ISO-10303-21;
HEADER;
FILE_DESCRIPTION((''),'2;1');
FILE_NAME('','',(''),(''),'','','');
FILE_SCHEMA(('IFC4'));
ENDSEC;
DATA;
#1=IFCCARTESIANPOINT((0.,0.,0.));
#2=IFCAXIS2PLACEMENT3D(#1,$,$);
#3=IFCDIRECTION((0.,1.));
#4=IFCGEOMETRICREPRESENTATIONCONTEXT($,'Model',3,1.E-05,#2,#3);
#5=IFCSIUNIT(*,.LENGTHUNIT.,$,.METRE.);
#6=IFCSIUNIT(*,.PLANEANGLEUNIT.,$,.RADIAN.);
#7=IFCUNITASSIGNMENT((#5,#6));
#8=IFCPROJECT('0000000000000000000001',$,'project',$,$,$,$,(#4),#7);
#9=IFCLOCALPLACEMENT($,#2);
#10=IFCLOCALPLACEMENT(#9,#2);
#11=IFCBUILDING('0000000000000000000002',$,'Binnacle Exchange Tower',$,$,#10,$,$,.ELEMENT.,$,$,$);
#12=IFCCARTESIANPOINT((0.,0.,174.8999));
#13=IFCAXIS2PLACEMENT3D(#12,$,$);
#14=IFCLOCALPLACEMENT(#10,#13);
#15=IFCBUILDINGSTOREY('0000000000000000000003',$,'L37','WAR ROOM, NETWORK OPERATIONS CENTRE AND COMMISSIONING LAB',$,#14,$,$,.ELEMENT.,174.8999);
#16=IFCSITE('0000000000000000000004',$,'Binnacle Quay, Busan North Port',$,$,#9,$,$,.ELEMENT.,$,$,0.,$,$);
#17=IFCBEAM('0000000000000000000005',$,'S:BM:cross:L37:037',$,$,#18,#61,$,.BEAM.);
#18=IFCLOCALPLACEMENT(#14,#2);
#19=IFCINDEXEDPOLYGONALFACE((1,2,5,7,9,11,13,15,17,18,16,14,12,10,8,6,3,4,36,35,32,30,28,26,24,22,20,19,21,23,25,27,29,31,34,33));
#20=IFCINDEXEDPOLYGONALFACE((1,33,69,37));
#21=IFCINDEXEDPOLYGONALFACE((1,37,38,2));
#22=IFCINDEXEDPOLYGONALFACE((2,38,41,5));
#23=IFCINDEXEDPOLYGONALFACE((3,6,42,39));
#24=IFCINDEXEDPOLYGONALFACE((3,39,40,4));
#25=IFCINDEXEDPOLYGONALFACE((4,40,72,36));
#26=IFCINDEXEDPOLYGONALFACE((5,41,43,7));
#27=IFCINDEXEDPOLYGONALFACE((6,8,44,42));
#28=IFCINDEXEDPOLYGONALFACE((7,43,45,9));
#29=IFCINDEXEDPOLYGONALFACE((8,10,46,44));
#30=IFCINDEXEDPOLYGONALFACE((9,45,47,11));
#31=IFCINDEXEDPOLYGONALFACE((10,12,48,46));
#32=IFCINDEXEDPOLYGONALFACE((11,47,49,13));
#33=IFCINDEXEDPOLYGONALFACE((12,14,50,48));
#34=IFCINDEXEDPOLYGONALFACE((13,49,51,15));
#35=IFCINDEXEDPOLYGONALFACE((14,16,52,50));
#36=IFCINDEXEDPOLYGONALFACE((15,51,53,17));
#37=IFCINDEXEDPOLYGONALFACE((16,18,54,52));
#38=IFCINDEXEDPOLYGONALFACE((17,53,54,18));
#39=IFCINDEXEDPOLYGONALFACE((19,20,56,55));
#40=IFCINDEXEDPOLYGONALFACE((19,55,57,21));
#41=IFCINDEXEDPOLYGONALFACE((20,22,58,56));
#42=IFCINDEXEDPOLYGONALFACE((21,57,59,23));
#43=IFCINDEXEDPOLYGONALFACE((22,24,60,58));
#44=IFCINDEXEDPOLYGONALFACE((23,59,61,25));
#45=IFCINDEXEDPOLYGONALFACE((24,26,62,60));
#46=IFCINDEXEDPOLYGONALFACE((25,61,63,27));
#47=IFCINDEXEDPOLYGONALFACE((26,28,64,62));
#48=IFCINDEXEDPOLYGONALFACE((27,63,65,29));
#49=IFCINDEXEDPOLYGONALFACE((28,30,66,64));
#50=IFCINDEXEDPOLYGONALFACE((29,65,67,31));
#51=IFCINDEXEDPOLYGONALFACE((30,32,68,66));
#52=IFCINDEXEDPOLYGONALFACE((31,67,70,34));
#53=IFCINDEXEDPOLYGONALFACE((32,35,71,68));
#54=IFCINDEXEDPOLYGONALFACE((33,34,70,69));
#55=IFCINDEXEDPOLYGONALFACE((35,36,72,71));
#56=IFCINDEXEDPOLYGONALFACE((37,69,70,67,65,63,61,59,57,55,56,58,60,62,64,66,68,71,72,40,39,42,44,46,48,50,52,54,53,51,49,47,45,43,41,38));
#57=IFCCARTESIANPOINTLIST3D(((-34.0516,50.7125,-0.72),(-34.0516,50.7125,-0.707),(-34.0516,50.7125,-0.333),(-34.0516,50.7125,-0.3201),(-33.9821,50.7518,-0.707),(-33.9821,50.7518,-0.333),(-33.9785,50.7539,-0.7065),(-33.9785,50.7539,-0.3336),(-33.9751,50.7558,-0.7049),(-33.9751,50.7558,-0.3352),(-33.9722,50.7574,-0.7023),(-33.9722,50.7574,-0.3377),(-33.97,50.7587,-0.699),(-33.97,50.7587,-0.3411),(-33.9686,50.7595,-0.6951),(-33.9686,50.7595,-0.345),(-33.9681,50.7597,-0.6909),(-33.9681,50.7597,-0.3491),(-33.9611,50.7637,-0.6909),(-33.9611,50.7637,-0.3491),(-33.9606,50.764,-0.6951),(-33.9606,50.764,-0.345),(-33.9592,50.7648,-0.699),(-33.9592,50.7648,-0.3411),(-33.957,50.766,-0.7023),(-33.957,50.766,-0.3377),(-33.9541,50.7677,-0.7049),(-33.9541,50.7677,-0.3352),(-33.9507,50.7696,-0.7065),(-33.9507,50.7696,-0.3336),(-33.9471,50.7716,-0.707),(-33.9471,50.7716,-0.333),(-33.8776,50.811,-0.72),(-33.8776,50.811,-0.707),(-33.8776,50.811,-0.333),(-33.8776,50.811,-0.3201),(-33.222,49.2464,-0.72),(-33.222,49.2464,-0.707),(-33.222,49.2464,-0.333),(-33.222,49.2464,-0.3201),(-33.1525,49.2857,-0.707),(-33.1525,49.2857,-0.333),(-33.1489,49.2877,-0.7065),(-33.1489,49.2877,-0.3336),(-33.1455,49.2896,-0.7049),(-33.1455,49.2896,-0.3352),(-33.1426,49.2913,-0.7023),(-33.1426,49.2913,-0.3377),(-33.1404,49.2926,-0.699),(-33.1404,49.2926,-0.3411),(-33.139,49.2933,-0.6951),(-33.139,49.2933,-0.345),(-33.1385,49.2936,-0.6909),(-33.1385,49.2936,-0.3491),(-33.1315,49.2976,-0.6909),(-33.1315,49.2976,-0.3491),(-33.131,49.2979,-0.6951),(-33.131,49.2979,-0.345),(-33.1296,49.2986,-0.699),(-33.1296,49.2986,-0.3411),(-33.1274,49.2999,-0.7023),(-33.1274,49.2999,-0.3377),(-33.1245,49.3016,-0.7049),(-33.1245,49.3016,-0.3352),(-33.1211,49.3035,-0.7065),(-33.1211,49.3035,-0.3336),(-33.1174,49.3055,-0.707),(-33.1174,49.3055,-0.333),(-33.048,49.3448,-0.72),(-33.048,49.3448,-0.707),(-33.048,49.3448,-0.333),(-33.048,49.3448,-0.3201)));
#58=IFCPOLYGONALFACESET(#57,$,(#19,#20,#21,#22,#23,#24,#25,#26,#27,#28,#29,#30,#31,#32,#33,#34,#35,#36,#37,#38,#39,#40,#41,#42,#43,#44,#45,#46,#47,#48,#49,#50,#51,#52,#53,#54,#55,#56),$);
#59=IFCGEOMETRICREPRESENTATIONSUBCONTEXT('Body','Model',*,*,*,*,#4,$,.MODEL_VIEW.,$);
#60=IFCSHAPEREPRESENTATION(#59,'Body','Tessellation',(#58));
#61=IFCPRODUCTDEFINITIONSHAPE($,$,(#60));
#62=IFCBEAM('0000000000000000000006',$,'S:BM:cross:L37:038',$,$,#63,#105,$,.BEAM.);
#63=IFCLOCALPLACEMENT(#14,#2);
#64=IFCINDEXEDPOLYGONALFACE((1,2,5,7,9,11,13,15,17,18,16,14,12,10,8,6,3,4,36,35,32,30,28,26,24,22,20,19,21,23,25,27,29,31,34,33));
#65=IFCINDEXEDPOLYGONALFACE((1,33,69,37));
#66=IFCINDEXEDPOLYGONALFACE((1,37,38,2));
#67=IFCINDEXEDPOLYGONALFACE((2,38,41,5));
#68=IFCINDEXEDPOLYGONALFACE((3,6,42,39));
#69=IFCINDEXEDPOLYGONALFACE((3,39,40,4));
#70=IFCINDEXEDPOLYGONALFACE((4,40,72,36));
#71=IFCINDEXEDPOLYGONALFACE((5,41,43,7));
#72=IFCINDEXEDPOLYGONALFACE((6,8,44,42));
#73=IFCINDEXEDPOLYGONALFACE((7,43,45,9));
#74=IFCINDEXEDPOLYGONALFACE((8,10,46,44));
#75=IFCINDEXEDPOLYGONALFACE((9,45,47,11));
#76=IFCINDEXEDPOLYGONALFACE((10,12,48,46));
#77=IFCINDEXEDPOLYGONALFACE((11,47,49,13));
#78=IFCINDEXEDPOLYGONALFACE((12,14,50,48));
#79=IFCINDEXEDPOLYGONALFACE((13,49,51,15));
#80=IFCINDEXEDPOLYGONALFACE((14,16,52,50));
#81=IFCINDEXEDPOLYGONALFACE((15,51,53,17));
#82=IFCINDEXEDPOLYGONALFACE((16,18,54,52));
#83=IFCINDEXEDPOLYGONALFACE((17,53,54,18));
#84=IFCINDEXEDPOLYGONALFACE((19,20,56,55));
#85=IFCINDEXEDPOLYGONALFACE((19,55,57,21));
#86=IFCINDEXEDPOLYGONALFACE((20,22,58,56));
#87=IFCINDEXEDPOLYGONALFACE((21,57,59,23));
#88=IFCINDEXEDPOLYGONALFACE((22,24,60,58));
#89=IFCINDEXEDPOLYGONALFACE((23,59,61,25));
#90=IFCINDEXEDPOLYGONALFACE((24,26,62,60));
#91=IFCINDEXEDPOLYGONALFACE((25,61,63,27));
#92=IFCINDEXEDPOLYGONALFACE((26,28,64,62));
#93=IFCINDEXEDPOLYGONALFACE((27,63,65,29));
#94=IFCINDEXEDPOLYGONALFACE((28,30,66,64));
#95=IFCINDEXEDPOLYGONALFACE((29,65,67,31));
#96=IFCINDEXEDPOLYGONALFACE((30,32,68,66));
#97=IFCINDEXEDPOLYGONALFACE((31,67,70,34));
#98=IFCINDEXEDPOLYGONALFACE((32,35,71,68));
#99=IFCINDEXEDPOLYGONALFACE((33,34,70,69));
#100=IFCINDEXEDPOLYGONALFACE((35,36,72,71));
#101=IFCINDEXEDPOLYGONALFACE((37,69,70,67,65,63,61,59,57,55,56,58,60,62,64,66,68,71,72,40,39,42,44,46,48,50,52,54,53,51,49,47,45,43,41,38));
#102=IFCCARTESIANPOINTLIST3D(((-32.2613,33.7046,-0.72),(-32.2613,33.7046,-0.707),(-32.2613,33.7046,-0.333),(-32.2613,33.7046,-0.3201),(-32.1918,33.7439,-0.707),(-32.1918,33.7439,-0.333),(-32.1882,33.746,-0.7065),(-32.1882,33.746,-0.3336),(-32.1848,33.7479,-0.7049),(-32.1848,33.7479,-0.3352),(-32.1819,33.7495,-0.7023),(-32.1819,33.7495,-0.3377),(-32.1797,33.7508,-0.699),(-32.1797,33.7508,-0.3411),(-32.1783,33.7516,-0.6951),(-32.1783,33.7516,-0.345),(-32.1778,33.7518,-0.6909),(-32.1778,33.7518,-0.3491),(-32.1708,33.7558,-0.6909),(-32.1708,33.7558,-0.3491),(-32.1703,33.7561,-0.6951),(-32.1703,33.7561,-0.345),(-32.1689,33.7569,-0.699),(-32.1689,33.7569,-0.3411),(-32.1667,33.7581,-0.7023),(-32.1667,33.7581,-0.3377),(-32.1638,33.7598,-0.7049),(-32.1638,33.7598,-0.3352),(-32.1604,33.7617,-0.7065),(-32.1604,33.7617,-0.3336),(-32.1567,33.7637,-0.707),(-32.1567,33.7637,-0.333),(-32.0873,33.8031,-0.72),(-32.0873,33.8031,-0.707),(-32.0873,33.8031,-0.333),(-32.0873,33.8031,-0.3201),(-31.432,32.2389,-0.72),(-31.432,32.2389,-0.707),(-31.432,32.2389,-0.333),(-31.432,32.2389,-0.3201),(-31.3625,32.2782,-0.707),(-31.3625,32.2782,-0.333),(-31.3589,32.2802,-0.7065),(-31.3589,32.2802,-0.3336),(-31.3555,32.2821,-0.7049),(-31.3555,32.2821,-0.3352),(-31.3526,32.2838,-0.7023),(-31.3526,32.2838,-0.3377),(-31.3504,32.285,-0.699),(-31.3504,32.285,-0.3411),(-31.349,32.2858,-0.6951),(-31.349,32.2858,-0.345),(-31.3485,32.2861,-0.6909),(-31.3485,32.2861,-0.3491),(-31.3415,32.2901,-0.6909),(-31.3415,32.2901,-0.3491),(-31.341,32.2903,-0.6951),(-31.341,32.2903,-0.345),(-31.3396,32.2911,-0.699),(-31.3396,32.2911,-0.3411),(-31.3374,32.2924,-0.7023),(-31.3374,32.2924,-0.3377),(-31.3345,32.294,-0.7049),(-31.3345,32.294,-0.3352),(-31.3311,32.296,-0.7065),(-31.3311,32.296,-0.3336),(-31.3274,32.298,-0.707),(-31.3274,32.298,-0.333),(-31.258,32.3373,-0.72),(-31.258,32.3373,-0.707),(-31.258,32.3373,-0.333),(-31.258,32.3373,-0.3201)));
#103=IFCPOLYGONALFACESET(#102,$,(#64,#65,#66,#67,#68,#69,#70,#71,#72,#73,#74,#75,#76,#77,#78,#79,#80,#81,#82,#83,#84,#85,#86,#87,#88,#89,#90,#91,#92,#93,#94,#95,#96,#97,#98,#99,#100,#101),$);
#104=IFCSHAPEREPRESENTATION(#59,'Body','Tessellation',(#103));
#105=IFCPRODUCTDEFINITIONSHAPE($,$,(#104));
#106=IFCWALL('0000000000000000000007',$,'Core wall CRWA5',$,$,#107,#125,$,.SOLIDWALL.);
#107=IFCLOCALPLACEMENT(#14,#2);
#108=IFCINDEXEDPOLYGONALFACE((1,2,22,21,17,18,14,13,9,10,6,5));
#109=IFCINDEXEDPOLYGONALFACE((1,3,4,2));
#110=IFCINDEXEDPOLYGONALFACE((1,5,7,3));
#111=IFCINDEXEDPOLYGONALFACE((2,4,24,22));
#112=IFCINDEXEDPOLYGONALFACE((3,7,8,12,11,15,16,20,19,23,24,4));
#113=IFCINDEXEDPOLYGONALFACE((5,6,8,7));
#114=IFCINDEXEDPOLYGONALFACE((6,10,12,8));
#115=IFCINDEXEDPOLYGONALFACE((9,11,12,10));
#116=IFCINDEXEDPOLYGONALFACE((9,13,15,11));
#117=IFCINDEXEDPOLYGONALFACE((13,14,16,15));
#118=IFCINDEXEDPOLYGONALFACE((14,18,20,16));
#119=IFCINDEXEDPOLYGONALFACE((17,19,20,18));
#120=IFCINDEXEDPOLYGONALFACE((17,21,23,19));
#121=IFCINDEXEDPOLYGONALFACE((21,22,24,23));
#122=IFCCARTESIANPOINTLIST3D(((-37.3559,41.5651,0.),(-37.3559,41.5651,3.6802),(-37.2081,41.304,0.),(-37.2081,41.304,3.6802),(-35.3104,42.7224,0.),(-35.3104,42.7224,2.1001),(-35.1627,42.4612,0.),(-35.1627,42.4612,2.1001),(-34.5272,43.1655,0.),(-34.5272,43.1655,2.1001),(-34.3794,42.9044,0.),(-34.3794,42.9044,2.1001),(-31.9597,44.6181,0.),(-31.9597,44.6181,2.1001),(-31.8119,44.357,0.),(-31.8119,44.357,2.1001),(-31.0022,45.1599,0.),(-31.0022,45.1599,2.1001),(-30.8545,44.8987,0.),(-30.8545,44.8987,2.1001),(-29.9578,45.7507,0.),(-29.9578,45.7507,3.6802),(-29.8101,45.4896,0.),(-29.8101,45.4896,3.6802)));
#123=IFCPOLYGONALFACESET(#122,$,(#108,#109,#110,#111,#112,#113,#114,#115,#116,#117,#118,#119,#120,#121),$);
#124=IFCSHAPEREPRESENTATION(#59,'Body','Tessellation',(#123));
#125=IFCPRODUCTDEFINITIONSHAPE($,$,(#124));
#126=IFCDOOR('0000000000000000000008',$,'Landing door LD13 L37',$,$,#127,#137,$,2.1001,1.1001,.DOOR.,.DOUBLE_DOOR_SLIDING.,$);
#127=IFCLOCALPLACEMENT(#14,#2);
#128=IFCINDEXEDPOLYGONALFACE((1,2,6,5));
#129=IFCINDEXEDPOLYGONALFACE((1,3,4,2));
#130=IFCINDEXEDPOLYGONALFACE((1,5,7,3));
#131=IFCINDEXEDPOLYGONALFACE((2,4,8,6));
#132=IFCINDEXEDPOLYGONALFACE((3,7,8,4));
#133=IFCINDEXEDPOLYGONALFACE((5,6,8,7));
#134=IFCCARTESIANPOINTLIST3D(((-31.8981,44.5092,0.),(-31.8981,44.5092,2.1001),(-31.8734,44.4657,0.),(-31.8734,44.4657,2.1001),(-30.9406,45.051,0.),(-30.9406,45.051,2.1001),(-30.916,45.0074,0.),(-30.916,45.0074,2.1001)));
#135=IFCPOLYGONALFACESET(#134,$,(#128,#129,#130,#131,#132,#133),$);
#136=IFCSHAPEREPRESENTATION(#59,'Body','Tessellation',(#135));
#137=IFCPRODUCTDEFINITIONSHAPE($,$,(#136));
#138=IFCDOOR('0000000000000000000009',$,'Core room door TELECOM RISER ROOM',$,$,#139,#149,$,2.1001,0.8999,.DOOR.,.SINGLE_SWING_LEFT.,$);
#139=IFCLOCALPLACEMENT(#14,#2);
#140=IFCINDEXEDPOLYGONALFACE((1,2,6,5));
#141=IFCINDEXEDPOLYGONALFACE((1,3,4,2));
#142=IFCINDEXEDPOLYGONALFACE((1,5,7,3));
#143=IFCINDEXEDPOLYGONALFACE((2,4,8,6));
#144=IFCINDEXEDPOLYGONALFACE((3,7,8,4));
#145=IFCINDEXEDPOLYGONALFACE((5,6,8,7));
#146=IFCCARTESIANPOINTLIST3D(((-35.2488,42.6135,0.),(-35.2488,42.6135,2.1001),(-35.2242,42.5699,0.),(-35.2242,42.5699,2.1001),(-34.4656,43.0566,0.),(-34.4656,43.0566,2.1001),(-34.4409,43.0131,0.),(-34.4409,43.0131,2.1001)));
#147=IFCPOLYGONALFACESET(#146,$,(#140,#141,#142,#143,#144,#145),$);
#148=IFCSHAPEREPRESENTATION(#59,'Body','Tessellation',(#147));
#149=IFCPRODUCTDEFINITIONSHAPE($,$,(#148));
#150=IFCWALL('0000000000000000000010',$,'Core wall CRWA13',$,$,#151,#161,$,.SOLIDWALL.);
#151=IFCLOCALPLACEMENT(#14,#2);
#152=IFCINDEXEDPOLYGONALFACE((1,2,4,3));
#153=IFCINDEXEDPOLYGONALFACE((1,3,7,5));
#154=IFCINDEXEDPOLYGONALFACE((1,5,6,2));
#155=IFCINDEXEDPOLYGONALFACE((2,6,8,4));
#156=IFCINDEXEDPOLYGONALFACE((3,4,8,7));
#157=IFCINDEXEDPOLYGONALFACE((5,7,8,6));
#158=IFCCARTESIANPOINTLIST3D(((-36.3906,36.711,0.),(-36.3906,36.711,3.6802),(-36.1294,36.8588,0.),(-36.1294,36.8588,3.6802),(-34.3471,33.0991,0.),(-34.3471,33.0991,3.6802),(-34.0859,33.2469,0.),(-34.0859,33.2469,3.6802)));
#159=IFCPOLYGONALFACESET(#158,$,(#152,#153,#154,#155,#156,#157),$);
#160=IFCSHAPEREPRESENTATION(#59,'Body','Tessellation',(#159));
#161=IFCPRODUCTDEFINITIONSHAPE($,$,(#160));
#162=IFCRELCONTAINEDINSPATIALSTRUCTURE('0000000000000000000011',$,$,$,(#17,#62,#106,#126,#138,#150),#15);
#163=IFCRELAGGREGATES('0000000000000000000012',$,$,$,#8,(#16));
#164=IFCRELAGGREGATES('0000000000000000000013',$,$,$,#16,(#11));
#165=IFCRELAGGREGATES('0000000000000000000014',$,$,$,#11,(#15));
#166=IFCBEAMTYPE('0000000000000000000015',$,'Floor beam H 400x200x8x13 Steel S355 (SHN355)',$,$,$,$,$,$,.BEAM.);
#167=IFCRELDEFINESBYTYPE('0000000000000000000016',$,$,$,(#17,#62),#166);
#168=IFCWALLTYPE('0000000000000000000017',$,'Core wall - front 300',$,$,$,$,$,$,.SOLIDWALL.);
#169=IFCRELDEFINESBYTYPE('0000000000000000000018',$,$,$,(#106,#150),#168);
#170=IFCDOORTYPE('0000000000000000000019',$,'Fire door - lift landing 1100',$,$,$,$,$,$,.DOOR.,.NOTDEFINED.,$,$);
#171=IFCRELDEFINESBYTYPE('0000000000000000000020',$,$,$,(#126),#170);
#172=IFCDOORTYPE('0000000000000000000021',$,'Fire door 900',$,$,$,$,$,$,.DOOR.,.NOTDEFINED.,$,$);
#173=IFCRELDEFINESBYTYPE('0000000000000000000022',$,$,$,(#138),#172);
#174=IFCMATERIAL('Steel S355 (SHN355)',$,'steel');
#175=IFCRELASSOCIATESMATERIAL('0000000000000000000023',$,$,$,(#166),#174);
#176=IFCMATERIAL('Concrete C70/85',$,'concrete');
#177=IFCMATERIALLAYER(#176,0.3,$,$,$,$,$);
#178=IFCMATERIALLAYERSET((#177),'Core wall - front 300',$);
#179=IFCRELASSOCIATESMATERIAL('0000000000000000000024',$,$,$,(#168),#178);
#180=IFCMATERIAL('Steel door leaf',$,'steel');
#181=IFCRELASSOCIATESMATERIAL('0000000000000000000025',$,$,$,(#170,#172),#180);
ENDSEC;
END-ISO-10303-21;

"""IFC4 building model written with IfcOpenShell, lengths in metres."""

from ifc_helpers import new_model, si_unit, direction, frame, frame_2d, origin, origin_2d, place, context, subcontext, project, spatial, rectangle, i_section, extrude, material, layer, layer_set, material_profile, profile_set, type_object, element, fill, save


model = new_model("IFC4")

# Units and contexts
model_context = context("Model", 3, precision=1e-05, world=origin(), true_north=direction((0.0, 1.0)))
body_context = subcontext(model_context, "Body", "Model", "MODEL_VIEW")
ifc_project = project(units=[si_unit("LENGTHUNIT", "METRE"), si_unit("PLANEANGLEUNIT", "RADIAN")], contexts=[model_context])

# Site, building, storey
site_placement = place(None, origin())
site = spatial("IfcSite", under=ifc_project, at=site_placement, Name="Binnacle Quay, Busan North Port", CompositionType="ELEMENT", RefElevation=0.0)
building_placement = place(site_placement, origin())
building = spatial("IfcBuilding", under=site, at=building_placement, Name="Binnacle Exchange Tower", CompositionType="ELEMENT")
storey_placement = place(building_placement, frame((0.0, 0.0, 174.8999)))
storey = spatial("IfcBuildingStorey", under=building, at=storey_placement, Name="L37", Description="WAR ROOM, NETWORK OPERATIONS CENTRE AND COMMISSIONING LAB", CompositionType="ELEMENT", Elevation=174.8999)

# Shared definitions
ifc_material_1 = material(Name="Concrete C70/85", Category="concrete")

# Beams
ifc_material_2 = material(Name="Steel S355 (SHN355)", Category="steel")
ifc_material_profile_1 = material_profile(ifc_material_2, i_section(OverallWidth=0.2, OverallDepth=0.3999, WebThickness=0.0081, FlangeThickness=0.0129, FilletRadius=0.0161, at=origin_2d()), Name="H 400x200x8x13")
ifc_profile_set_1 = profile_set([ifc_material_profile_1], Name="Steel S355 (SHN355)")
beam_type_1 = type_object("IfcBeamType", Name="Floor beam H 400x200x8x13 Steel S355 (SHN355)", PredefinedType="BEAM", material=ifc_profile_set_1)
beam_1_placement = place(storey_placement, frame((-33.9646, 50.7617, -0.52), z_axis=(0.492482, -0.870322, 0.0), x_axis=(0.870322, 0.492482, 0.0)))
element("IfcBeam", 1, at=beam_1_placement, inside=storey, type_object=beam_type_1, Name="S:BM:cross:L37:037", PredefinedType="BEAM", context=body_context, shape_type="SweptSolid", body=[
    extrude(i_section(OverallWidth=0.2, OverallDepth=0.3999, WebThickness=0.0081, FlangeThickness=0.0129, FilletRadius=0.0161, at=origin_2d()), origin(), (0.0, 0.0, 1.0), 1.6846),
])
beam_2_placement = place(storey_placement, frame((-31.345, 32.2881, -0.52), z_axis=(-0.492435, 0.870349, 0.0), x_axis=(-0.870349, -0.492435, 0.0)))
element("IfcBeam", 2, at=beam_2_placement, inside=storey, type_object=beam_type_1, Name="S:BM:cross:L37:038", PredefinedType="BEAM", context=body_context, shape_type="SweptSolid", body=[
    extrude(i_section(OverallWidth=0.2, OverallDepth=0.3999, WebThickness=0.0081, FlangeThickness=0.0129, FilletRadius=0.0161, at=origin_2d()), origin(), (0.0, 0.0, 1.0), 1.6841),
])

# Wall, openings, doors
ifc_layer_1 = layer(ifc_material_1, 0.3)
ifc_layer_set_1 = layer_set([ifc_layer_1], Name="Core wall - front 300")
wall_type_1 = type_object("IfcWallType", Name="Core wall - front 300", PredefinedType="SOLIDWALL", material=ifc_layer_set_1)
wall_1_placement = place(storey_placement, frame((-37.282, 41.4346, 0.0), z_axis=(0.0, 0.0, 1.0), x_axis=(0.870356, 0.492423, 0.0)))
wall_1 = element("IfcWall", 3, at=wall_1_placement, inside=storey, type_object=wall_type_1, Name="Core wall CRWA5", PredefinedType="SOLIDWALL", context=body_context, shape_type="SweptSolid", body=[
    extrude(rectangle(XDim=8.5, YDim=0.3, at=frame_2d((4.25, 0.0))), origin(), (0.0, 0.0, 1.0), 3.6802),
])
opening_1_placement = place(wall_1_placement, frame((6.2, 0.0, 0.0)))
opening_1 = element("IfcOpeningElement", 4, at=opening_1_placement, cuts=wall_1, PredefinedType="OPENING", context=body_context, shape_type="SweptSolid", body=[
    extrude(rectangle(XDim=1.1001, YDim=2.1001, at=frame_2d((0.55, 1.05))), frame((0.0, 0.1599, 0.0), z_axis=(0.0, -1.0, 0.0), x_axis=(1.0, 0.0, 0.0)), (0.0, 0.0, 1.0), 0.3201),
])
opening_2_placement = place(wall_1_placement, frame((2.3501, 0.0, 0.0)))
opening_2 = element("IfcOpeningElement", 5, at=opening_2_placement, cuts=wall_1, PredefinedType="OPENING", context=body_context, shape_type="SweptSolid", body=[
    extrude(rectangle(XDim=0.8999, YDim=2.1001, at=frame_2d((0.45, 1.05))), frame((0.0, 0.1599, 0.0), z_axis=(0.0, -1.0, 0.0), x_axis=(1.0, 0.0, 0.0)), (0.0, 0.0, 1.0), 0.3201),
])
ifc_material_3 = material(Name="Steel door leaf", Category="steel")
door_type_1 = type_object("IfcDoorType", Name="Fire door - lift landing 1100", OperationType="NOTDEFINED", PredefinedType="DOOR", material=ifc_material_3)
door_1_placement = place(opening_1_placement, origin())
door_1 = element("IfcDoor", 6, at=door_1_placement, inside=storey, type_object=door_type_1, Name="Landing door LD13 L37", OperationType="DOUBLE_DOOR_SLIDING", OverallHeight=2.1001, OverallWidth=1.1001, PredefinedType="DOOR", context=body_context, shape_type="SweptSolid", body=[
    extrude(rectangle(XDim=1.1001, YDim=2.1001, at=frame_2d((0.55, 1.05))), frame((0.0, 0.0249, 0.0), z_axis=(0.0, -1.0, 0.0), x_axis=(1.0, 0.0, 0.0)), (0.0, 0.0, 1.0), 0.05),
])
fill(opening_1, door_1)
door_type_2 = type_object("IfcDoorType", Name="Fire door 900", OperationType="NOTDEFINED", PredefinedType="DOOR", material=ifc_material_3)
door_2_placement = place(opening_2_placement, origin())
door_2 = element("IfcDoor", 7, at=door_2_placement, inside=storey, type_object=door_type_2, Name="Core room door TELECOM RISER ROOM", OperationType="SINGLE_SWING_LEFT", OverallHeight=2.1001, OverallWidth=0.8999, PredefinedType="DOOR", context=body_context, shape_type="SweptSolid", body=[
    extrude(rectangle(XDim=0.8999, YDim=2.1001, at=frame_2d((0.45, 1.05))), frame((0.0, 0.0249, 0.0), z_axis=(0.0, -1.0, 0.0), x_axis=(1.0, 0.0, 0.0)), (0.0, 0.0, 1.0), 0.05),
])
fill(opening_2, door_2)

# Wall
wall_2_placement = place(storey_placement, frame((-36.26, 36.7849, 0.0), z_axis=(0.0, 0.0, 1.0), x_axis=(0.492422, -0.870357, 0.0)))
element("IfcWall", 8, at=wall_2_placement, inside=storey, type_object=wall_type_1, Name="Core wall CRWA13", PredefinedType="SOLIDWALL", context=body_context, shape_type="SweptSolid", body=[
    extrude(rectangle(XDim=4.1499, YDim=0.3, at=frame_2d((2.075, 0.0))), origin(), (0.0, 0.0, 1.0), 3.6802),
])

save(model, "model.ifc")
